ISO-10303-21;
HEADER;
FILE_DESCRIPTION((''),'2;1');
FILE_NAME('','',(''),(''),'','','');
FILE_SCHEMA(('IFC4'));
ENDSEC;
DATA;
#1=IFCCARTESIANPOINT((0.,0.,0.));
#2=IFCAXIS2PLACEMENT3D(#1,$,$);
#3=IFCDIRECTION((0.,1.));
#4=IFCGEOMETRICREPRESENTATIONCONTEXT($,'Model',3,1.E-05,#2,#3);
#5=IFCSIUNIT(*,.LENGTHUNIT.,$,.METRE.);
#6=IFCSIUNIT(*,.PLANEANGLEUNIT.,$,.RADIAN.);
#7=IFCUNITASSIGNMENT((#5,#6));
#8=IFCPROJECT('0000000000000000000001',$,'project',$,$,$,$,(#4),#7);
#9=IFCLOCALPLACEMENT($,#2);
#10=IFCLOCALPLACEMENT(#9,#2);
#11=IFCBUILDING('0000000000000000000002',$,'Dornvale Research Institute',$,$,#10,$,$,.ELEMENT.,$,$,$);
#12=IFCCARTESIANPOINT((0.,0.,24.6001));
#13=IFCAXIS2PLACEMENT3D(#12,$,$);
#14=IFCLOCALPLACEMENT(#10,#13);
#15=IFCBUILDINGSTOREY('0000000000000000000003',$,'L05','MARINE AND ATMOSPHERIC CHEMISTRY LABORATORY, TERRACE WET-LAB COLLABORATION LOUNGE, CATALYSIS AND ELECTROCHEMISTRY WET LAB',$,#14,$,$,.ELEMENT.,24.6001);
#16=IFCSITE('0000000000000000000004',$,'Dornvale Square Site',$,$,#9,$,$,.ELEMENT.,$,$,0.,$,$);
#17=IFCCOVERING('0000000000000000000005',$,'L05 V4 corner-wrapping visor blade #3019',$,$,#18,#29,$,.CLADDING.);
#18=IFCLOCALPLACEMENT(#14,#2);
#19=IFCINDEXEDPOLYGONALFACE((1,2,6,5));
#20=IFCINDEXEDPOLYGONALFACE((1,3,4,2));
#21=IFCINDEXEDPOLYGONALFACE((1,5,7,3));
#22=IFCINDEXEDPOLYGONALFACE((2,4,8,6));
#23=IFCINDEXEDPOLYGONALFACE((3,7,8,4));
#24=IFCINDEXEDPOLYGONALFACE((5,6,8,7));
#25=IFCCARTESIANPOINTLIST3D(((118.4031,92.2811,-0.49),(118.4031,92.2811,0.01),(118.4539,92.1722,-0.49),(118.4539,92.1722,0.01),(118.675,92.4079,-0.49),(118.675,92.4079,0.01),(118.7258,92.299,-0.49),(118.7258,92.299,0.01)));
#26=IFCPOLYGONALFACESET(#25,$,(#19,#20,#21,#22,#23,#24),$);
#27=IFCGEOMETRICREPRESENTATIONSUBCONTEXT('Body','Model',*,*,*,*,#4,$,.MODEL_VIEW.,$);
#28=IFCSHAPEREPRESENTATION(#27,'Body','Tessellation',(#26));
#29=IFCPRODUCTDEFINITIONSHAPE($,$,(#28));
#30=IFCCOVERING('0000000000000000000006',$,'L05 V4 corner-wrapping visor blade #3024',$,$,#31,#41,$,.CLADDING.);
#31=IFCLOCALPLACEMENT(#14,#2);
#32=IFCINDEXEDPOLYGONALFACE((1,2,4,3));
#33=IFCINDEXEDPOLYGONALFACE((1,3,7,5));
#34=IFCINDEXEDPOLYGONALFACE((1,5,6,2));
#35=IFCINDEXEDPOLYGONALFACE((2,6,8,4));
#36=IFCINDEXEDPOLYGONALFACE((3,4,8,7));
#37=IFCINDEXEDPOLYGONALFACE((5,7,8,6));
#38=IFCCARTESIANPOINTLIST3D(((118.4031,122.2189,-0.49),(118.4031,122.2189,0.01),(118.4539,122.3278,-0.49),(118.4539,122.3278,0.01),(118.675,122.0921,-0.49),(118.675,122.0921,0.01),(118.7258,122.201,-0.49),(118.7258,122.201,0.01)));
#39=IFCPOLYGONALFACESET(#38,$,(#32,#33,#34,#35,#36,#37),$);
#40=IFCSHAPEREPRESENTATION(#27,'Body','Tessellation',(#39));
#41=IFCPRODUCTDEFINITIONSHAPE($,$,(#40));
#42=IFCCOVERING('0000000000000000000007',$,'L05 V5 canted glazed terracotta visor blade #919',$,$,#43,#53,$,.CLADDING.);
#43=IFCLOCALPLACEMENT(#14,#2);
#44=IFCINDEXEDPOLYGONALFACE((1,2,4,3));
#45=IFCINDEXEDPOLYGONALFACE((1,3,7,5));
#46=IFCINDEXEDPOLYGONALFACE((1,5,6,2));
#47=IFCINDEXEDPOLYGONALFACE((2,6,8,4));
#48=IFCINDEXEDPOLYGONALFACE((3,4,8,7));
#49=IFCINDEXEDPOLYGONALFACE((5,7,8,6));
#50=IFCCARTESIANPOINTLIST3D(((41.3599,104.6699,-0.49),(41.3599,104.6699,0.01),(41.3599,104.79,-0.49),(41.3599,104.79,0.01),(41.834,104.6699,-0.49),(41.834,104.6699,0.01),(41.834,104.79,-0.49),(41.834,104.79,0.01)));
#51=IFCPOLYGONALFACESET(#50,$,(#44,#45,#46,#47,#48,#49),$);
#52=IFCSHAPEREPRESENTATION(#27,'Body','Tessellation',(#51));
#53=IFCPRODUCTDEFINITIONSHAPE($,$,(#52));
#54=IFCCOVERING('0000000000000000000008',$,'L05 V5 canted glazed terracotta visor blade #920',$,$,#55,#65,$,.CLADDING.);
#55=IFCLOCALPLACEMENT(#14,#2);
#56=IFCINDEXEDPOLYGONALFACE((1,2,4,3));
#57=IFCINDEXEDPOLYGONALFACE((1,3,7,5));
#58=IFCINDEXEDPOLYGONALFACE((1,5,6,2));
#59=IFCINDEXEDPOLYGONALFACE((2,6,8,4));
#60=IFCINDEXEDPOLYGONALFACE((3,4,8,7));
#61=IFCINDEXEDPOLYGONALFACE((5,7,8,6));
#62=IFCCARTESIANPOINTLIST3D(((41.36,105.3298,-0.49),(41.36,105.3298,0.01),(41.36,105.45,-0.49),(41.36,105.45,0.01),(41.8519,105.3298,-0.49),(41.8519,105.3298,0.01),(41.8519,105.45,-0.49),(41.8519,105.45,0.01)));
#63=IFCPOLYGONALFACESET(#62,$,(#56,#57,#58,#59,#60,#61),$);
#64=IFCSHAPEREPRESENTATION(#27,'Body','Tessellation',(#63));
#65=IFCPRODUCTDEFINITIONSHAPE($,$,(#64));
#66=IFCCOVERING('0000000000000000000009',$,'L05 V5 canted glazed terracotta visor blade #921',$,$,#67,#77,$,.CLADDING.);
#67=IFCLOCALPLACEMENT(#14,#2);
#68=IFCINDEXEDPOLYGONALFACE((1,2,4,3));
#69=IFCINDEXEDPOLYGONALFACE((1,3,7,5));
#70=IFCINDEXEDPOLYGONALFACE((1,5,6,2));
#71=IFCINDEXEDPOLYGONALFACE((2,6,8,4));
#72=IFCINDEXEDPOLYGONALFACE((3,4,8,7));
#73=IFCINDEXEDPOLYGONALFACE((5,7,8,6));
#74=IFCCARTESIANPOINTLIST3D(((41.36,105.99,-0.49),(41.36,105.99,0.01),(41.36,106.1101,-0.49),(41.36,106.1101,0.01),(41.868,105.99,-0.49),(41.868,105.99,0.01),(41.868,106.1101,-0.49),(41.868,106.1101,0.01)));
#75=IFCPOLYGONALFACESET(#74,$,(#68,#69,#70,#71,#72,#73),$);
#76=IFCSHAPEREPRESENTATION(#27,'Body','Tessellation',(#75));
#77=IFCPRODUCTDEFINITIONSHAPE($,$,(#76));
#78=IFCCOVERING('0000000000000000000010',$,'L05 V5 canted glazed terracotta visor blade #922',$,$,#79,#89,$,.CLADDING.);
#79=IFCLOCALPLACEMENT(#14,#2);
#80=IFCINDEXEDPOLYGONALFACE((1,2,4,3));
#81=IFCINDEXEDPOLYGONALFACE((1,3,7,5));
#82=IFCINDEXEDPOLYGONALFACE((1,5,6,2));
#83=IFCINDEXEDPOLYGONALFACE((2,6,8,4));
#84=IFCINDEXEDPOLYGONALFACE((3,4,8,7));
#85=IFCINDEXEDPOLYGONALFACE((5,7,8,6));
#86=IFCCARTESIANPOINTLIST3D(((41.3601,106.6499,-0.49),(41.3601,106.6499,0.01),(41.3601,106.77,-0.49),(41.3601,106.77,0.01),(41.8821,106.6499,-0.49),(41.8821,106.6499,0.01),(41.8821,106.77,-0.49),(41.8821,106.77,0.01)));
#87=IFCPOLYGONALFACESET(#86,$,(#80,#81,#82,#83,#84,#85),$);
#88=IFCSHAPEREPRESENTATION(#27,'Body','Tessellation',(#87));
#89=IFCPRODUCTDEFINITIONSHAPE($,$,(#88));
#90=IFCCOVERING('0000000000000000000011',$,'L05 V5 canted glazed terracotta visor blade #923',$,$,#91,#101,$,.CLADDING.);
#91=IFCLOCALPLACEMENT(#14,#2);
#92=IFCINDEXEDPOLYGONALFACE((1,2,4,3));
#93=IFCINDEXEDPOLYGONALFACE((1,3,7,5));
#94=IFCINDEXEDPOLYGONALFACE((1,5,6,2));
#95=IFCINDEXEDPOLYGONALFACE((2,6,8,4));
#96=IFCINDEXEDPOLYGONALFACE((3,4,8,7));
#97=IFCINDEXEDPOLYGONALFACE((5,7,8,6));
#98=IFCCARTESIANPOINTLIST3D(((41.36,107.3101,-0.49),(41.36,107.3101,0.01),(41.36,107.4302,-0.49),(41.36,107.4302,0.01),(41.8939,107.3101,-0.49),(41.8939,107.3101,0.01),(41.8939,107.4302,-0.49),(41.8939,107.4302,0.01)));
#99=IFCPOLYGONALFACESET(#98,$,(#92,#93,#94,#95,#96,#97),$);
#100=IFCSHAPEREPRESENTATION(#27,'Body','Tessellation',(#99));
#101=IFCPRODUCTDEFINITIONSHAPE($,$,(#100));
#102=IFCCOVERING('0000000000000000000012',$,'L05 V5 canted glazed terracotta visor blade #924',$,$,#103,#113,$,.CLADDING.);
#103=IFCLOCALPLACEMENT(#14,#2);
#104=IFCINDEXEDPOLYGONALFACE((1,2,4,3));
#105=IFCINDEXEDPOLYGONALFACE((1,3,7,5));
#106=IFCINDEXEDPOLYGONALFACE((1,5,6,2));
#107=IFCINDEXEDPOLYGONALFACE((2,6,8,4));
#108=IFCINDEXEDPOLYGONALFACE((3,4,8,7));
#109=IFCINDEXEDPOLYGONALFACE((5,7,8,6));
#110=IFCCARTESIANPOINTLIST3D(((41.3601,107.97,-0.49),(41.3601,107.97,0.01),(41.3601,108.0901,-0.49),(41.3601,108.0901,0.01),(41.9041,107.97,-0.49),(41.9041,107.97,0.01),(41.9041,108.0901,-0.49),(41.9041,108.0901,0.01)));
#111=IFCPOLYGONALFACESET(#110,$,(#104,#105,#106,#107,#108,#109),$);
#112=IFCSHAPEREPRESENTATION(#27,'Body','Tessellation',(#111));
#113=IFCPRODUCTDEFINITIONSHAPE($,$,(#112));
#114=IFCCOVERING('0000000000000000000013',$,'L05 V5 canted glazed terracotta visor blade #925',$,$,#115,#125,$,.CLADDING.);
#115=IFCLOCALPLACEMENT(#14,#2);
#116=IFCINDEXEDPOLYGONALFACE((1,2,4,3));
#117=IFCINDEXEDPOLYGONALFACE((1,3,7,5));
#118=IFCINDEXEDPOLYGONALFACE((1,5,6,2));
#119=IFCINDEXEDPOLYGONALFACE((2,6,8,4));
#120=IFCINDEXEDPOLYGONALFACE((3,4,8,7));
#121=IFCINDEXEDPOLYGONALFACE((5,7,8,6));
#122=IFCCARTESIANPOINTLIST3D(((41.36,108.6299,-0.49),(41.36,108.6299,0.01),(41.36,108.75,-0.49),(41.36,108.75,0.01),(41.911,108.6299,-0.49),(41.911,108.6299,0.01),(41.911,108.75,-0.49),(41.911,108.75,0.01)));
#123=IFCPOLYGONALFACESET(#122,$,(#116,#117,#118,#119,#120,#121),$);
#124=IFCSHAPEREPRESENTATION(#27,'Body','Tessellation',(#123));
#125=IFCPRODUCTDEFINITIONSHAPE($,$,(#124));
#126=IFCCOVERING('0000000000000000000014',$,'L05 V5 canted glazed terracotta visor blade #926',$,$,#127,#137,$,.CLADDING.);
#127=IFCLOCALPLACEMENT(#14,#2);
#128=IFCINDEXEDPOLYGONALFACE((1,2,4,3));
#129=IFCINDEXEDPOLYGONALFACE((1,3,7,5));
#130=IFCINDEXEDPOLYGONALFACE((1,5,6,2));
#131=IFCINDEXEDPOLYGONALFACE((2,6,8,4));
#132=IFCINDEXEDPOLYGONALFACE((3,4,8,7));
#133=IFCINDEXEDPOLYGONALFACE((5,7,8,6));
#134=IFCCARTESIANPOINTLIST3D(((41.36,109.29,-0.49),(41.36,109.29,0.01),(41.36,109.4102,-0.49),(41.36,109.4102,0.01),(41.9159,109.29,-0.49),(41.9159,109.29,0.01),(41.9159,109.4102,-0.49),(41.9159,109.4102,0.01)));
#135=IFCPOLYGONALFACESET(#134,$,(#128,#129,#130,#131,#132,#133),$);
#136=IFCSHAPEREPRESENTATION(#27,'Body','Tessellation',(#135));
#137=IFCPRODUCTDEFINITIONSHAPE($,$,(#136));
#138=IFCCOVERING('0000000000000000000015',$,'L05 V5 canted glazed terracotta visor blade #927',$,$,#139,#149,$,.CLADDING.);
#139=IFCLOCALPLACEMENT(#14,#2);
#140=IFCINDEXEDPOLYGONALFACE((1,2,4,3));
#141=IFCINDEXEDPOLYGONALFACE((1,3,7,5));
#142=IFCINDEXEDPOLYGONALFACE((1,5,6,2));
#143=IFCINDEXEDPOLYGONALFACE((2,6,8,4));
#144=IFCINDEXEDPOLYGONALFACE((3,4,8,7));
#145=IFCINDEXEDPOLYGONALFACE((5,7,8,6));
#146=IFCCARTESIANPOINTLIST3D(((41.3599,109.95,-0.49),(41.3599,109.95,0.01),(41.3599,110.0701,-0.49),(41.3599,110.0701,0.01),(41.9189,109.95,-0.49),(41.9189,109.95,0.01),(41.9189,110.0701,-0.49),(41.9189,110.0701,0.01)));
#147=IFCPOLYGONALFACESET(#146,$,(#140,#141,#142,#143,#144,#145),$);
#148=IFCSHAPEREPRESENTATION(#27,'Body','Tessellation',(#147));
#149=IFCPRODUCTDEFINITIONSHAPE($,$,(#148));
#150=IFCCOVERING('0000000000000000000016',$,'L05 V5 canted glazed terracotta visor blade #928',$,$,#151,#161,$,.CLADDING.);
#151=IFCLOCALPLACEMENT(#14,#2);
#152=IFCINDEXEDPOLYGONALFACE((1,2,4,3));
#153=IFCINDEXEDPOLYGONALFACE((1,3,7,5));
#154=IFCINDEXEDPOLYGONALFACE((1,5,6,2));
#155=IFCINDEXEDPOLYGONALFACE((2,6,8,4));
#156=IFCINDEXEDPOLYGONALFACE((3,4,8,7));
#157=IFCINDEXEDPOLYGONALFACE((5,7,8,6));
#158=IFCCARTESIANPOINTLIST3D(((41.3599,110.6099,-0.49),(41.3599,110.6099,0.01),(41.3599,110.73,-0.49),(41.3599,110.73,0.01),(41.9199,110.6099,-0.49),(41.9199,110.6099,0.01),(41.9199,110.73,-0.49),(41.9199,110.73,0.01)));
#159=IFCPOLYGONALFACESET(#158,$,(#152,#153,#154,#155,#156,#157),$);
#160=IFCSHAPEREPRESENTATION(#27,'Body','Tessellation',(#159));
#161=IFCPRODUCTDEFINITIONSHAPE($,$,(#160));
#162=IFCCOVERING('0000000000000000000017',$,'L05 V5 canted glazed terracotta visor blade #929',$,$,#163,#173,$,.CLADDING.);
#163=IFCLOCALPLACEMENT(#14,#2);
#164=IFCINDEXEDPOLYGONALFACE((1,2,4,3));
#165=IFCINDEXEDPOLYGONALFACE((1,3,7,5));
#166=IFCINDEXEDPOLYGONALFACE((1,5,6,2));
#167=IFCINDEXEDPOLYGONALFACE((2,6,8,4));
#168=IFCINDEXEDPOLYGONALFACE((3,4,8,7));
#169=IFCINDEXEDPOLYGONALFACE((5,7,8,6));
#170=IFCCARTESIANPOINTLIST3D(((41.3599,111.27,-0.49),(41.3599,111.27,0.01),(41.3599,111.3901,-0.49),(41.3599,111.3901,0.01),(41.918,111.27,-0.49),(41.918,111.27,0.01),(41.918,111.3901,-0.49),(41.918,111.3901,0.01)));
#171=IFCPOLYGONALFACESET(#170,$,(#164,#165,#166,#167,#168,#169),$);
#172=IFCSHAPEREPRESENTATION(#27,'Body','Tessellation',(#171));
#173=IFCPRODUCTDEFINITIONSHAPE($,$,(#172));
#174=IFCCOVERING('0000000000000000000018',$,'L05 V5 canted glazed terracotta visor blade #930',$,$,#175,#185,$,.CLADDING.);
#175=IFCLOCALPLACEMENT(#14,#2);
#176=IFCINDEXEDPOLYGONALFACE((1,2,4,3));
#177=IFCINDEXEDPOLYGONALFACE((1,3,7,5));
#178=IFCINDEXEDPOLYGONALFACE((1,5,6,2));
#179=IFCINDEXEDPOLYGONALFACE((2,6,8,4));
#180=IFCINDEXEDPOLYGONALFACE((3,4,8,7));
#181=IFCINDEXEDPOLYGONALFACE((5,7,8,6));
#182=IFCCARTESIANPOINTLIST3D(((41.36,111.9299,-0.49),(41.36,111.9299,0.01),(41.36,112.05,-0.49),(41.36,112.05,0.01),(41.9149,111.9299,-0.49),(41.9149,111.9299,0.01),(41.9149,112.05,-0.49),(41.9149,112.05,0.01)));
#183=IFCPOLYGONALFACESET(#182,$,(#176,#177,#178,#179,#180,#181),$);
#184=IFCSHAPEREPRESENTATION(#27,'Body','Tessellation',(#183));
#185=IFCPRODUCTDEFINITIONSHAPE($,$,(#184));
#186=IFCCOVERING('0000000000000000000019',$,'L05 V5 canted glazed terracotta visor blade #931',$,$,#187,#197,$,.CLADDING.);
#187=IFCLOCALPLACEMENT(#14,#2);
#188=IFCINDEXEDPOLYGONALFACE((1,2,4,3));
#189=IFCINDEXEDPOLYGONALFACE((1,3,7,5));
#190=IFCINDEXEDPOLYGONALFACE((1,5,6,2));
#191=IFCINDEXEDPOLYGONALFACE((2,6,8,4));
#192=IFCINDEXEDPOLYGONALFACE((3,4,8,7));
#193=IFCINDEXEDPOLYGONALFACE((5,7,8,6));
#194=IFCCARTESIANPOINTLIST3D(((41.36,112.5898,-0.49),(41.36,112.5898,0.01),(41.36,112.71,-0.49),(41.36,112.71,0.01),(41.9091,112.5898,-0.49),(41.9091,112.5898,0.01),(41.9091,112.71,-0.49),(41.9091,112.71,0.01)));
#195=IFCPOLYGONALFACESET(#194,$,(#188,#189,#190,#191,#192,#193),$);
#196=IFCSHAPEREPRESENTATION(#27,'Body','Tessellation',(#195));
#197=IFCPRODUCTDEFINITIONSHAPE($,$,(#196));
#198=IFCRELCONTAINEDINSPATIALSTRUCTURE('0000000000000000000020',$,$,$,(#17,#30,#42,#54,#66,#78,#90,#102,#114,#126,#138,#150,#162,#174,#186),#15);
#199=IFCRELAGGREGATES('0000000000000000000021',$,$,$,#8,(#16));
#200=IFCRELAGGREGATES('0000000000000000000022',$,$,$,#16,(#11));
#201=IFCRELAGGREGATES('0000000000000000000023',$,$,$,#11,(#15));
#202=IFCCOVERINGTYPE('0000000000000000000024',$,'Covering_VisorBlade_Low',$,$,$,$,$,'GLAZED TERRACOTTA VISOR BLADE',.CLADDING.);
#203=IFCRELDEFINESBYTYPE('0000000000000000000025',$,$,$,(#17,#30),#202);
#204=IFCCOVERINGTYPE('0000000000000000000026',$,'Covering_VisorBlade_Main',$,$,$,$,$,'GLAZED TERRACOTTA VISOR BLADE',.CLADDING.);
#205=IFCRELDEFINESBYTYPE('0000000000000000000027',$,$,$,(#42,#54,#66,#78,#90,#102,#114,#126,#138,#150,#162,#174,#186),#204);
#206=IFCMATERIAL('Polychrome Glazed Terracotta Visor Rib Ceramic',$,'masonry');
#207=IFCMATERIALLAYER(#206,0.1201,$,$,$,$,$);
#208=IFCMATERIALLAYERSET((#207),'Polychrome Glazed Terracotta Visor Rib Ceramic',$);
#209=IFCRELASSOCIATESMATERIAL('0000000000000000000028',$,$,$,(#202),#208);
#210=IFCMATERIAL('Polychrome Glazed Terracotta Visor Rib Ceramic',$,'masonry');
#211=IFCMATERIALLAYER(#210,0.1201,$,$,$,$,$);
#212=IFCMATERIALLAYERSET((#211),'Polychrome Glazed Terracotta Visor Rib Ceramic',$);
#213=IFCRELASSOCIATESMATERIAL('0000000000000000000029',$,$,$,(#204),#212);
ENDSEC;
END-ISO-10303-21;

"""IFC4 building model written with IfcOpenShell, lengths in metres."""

from ifc_helpers import new_model, si_unit, direction, frame, origin, origin_2d, place, context, subcontext, project, spatial, rectangle, extrude, material, layer, layer_set, type_object, element, save


model = new_model("IFC4")

# Units and contexts
model_context = context("Model", 3, precision=1e-05, world=origin(), true_north=direction((0.0, 1.0)))
body_context = subcontext(model_context, "Body", "Model", "MODEL_VIEW")
ifc_project = project(units=[si_unit("LENGTHUNIT", "METRE"), si_unit("PLANEANGLEUNIT", "RADIAN")], contexts=[model_context])

# Site, building, storey
site_placement = place(None, origin())
site = spatial("IfcSite", under=ifc_project, at=site_placement, Name="Dornvale Square Site", CompositionType="ELEMENT", RefElevation=0.0)
building_placement = place(site_placement, origin())
building = spatial("IfcBuilding", under=site, at=building_placement, Name="Dornvale Research Institute", CompositionType="ELEMENT")
storey_placement = place(building_placement, frame((0.0, 0.0, 24.6001)))
storey = spatial("IfcBuildingStorey", under=building, at=storey_placement, Name="L05", Description="MARINE AND ATMOSPHERIC CHEMISTRY LABORATORY, TERRACE WET-LAB COLLABORATION LOUNGE, CATALYSIS AND ELECTROCHEMISTRY WET LAB", CompositionType="ELEMENT", Elevation=24.6001)

# Coverings
ifc_material_1 = material(Name="Polychrome Glazed Terracotta Visor Rib Ceramic", Category="masonry")
ifc_layer_1 = layer(ifc_material_1, 0.1201)
ifc_layer_set_1 = layer_set([ifc_layer_1], Name="Polychrome Glazed Terracotta Visor Rib Ceramic")
covering_type_1 = type_object("IfcCoveringType", Name="Covering_VisorBlade_Low", ElementType="GLAZED TERRACOTTA VISOR BLADE", PredefinedType="CLADDING", material=ifc_layer_set_1)
for number, where, z_axis, x_axis, name in (
    (1, (118.5645, 92.29, -0.49), (0.0, 0.0, 1.0), (-0.906308, -0.422618, 0.0), "L05 V4 corner-wrapping visor blade #3019"),
    (2, (118.5645, 122.21, -0.49), (0.0, 0.0, 1.0), (-0.906308, 0.422618, 0.0), "L05 V4 corner-wrapping visor blade #3024"),
):
    element("IfcCovering", number, at=place(storey_placement, frame(where, z_axis=z_axis, x_axis=x_axis)), inside=storey, type_object=covering_type_1, Name=name, PredefinedType="CLADDING", context=body_context, shape_type="SweptSolid", body=[
        extrude(rectangle(XDim=0.3, YDim=0.1201, at=origin_2d()), origin(), (0.0, 0.0, 1.0), 0.5),
    ])
ifc_material_2 = material(Name="Polychrome Glazed Terracotta Visor Rib Ceramic", Category="masonry")
ifc_layer_2 = layer(ifc_material_2, 0.1201)
ifc_layer_set_2 = layer_set([ifc_layer_2], Name="Polychrome Glazed Terracotta Visor Rib Ceramic")
covering_type_2 = type_object("IfcCoveringType", Name="Covering_VisorBlade_Main", ElementType="GLAZED TERRACOTTA VISOR BLADE", PredefinedType="CLADDING", material=ifc_layer_set_2)
covering_1_placement = place(storey_placement, frame((41.5969, 104.73, -0.49), z_axis=(0.0, 0.0, 1.0), x_axis=(1.0, 0.0, 0.0)))
element("IfcCovering", 3, at=covering_1_placement, inside=storey, type_object=covering_type_2, Name="L05 V5 canted glazed terracotta visor blade #919", PredefinedType="CLADDING", context=body_context, shape_type="SweptSolid", body=[
    extrude(rectangle(XDim=0.4741, YDim=0.1201, at=origin_2d()), origin(), (0.0, 0.0, 1.0), 0.5),
])
covering_2_placement = place(storey_placement, frame((41.606, 105.3899, -0.49), z_axis=(0.0, 0.0, 1.0), x_axis=(1.0, 0.0, 0.0)))
element("IfcCovering", 4, at=covering_2_placement, inside=storey, type_object=covering_type_2, Name="L05 V5 canted glazed terracotta visor blade #920", PredefinedType="CLADDING", context=body_context, shape_type="SweptSolid", body=[
    extrude(rectangle(XDim=0.4919, YDim=0.1201, at=origin_2d()), origin(), (0.0, 0.0, 1.0), 0.5),
])
covering_3_placement = place(storey_placement, frame((41.614, 106.05, -0.49), z_axis=(0.0, 0.0, 1.0), x_axis=(1.0, 0.0, 0.0)))
element("IfcCovering", 5, at=covering_3_placement, inside=storey, type_object=covering_type_2, Name="L05 V5 canted glazed terracotta visor blade #921", PredefinedType="CLADDING", context=body_context, shape_type="SweptSolid", body=[
    extrude(rectangle(XDim=0.5081, YDim=0.1201, at=origin_2d()), origin(), (0.0, 0.0, 1.0), 0.5),
])
covering_4_placement = place(storey_placement, frame((41.6211, 106.71, -0.49), z_axis=(0.0, 0.0, 1.0), x_axis=(1.0, 0.0, 0.0)))
element("IfcCovering", 6, at=covering_4_placement, inside=storey, type_object=covering_type_2, Name="L05 V5 canted glazed terracotta visor blade #922", PredefinedType="CLADDING", context=body_context, shape_type="SweptSolid", body=[
    extrude(rectangle(XDim=0.522, YDim=0.1201, at=origin_2d()), origin(), (0.0, 0.0, 1.0), 0.5),
])
covering_5_placement = place(storey_placement, frame((41.627, 107.3701, -0.49), z_axis=(0.0, 0.0, 1.0), x_axis=(1.0, 0.0, 0.0)))
element("IfcCovering", 7, at=covering_5_placement, inside=storey, type_object=covering_type_2, Name="L05 V5 canted glazed terracotta visor blade #923", PredefinedType="CLADDING", context=body_context, shape_type="SweptSolid", body=[
    extrude(rectangle(XDim=0.5339, YDim=0.1201, at=origin_2d()), origin(), (0.0, 0.0, 1.0), 0.5),
])
covering_6_placement = place(storey_placement, frame((41.6321, 108.03, -0.49), z_axis=(0.0, 0.0, 1.0), x_axis=(1.0, 0.0, 0.0)))
element("IfcCovering", 8, at=covering_6_placement, inside=storey, type_object=covering_type_2, Name="L05 V5 canted glazed terracotta visor blade #924", PredefinedType="CLADDING", context=body_context, shape_type="SweptSolid", body=[
    extrude(rectangle(XDim=0.5439, YDim=0.1201, at=origin_2d()), origin(), (0.0, 0.0, 1.0), 0.5),
])
covering_7_placement = place(storey_placement, frame((41.6355, 108.6899, -0.49), z_axis=(0.0, 0.0, 1.0), x_axis=(1.0, 0.0, 0.0)))
element("IfcCovering", 9, at=covering_7_placement, inside=storey, type_object=covering_type_2, Name="L05 V5 canted glazed terracotta visor blade #925", PredefinedType="CLADDING", context=body_context, shape_type="SweptSolid", body=[
    extrude(rectangle(XDim=0.551, YDim=0.1201, at=origin_2d()), origin(), (0.0, 0.0, 1.0), 0.5),
])
covering_8_placement = place(storey_placement, frame((41.6379, 109.3501, -0.49), z_axis=(0.0, 0.0, 1.0), x_axis=(1.0, 0.0, 0.0)))
element("IfcCovering", 10, at=covering_8_placement, inside=storey, type_object=covering_type_2, Name="L05 V5 canted glazed terracotta visor blade #926", PredefinedType="CLADDING", context=body_context, shape_type="SweptSolid", body=[
    extrude(rectangle(XDim=0.5559, YDim=0.1201, at=origin_2d()), origin(), (0.0, 0.0, 1.0), 0.5),
])
covering_9_placement = place(storey_placement, frame((41.6394, 110.01, -0.49), z_axis=(0.0, 0.0, 1.0), x_axis=(1.0, 0.0, 0.0)))
element("IfcCovering", 11, at=covering_9_placement, inside=storey, type_object=covering_type_2, Name="L05 V5 canted glazed terracotta visor blade #927", PredefinedType="CLADDING", context=body_context, shape_type="SweptSolid", body=[
    extrude(rectangle(XDim=0.5591, YDim=0.1201, at=origin_2d()), origin(), (0.0, 0.0, 1.0), 0.5),
])
covering_10_placement = place(storey_placement, frame((41.6399, 110.6699, -0.49), z_axis=(0.0, 0.0, 1.0), x_axis=(1.0, 0.0, 0.0)))
element("IfcCovering", 12, at=covering_10_placement, inside=storey, type_object=covering_type_2, Name="L05 V5 canted glazed terracotta visor blade #928", PredefinedType="CLADDING", context=body_context, shape_type="SweptSolid", body=[
    extrude(rectangle(XDim=0.5601, YDim=0.1201, at=origin_2d()), origin(), (0.0, 0.0, 1.0), 0.5),
])
covering_11_placement = place(storey_placement, frame((41.6389, 111.3301, -0.49), z_axis=(0.0, 0.0, 1.0), x_axis=(1.0, 0.0, 0.0)))
element("IfcCovering", 13, at=covering_11_placement, inside=storey, type_object=covering_type_2, Name="L05 V5 canted glazed terracotta visor blade #929", PredefinedType="CLADDING", context=body_context, shape_type="SweptSolid", body=[
    extrude(rectangle(XDim=0.5581, YDim=0.1201, at=origin_2d()), origin(), (0.0, 0.0, 1.0), 0.5),
])
covering_12_placement = place(storey_placement, frame((41.6375, 111.99, -0.49), z_axis=(0.0, 0.0, 1.0), x_axis=(1.0, 0.0, 0.0)))
element("IfcCovering", 14, at=covering_12_placement, inside=storey, type_object=covering_type_2, Name="L05 V5 canted glazed terracotta visor blade #930", PredefinedType="CLADDING", context=body_context, shape_type="SweptSolid", body=[
    extrude(rectangle(XDim=0.5549, YDim=0.1201, at=origin_2d()), origin(), (0.0, 0.0, 1.0), 0.5),
])
covering_13_placement = place(storey_placement, frame((41.6345, 112.6499, -0.49), z_axis=(0.0, 0.0, 1.0), x_axis=(1.0, 0.0, 0.0)))
element("IfcCovering", 15, at=covering_13_placement, inside=storey, type_object=covering_type_2, Name="L05 V5 canted glazed terracotta visor blade #931", PredefinedType="CLADDING", context=body_context, shape_type="SweptSolid", body=[
    extrude(rectangle(XDim=0.5491, YDim=0.1201, at=origin_2d()), origin(), (0.0, 0.0, 1.0), 0.5),
])

save(model, "model.ifc")
